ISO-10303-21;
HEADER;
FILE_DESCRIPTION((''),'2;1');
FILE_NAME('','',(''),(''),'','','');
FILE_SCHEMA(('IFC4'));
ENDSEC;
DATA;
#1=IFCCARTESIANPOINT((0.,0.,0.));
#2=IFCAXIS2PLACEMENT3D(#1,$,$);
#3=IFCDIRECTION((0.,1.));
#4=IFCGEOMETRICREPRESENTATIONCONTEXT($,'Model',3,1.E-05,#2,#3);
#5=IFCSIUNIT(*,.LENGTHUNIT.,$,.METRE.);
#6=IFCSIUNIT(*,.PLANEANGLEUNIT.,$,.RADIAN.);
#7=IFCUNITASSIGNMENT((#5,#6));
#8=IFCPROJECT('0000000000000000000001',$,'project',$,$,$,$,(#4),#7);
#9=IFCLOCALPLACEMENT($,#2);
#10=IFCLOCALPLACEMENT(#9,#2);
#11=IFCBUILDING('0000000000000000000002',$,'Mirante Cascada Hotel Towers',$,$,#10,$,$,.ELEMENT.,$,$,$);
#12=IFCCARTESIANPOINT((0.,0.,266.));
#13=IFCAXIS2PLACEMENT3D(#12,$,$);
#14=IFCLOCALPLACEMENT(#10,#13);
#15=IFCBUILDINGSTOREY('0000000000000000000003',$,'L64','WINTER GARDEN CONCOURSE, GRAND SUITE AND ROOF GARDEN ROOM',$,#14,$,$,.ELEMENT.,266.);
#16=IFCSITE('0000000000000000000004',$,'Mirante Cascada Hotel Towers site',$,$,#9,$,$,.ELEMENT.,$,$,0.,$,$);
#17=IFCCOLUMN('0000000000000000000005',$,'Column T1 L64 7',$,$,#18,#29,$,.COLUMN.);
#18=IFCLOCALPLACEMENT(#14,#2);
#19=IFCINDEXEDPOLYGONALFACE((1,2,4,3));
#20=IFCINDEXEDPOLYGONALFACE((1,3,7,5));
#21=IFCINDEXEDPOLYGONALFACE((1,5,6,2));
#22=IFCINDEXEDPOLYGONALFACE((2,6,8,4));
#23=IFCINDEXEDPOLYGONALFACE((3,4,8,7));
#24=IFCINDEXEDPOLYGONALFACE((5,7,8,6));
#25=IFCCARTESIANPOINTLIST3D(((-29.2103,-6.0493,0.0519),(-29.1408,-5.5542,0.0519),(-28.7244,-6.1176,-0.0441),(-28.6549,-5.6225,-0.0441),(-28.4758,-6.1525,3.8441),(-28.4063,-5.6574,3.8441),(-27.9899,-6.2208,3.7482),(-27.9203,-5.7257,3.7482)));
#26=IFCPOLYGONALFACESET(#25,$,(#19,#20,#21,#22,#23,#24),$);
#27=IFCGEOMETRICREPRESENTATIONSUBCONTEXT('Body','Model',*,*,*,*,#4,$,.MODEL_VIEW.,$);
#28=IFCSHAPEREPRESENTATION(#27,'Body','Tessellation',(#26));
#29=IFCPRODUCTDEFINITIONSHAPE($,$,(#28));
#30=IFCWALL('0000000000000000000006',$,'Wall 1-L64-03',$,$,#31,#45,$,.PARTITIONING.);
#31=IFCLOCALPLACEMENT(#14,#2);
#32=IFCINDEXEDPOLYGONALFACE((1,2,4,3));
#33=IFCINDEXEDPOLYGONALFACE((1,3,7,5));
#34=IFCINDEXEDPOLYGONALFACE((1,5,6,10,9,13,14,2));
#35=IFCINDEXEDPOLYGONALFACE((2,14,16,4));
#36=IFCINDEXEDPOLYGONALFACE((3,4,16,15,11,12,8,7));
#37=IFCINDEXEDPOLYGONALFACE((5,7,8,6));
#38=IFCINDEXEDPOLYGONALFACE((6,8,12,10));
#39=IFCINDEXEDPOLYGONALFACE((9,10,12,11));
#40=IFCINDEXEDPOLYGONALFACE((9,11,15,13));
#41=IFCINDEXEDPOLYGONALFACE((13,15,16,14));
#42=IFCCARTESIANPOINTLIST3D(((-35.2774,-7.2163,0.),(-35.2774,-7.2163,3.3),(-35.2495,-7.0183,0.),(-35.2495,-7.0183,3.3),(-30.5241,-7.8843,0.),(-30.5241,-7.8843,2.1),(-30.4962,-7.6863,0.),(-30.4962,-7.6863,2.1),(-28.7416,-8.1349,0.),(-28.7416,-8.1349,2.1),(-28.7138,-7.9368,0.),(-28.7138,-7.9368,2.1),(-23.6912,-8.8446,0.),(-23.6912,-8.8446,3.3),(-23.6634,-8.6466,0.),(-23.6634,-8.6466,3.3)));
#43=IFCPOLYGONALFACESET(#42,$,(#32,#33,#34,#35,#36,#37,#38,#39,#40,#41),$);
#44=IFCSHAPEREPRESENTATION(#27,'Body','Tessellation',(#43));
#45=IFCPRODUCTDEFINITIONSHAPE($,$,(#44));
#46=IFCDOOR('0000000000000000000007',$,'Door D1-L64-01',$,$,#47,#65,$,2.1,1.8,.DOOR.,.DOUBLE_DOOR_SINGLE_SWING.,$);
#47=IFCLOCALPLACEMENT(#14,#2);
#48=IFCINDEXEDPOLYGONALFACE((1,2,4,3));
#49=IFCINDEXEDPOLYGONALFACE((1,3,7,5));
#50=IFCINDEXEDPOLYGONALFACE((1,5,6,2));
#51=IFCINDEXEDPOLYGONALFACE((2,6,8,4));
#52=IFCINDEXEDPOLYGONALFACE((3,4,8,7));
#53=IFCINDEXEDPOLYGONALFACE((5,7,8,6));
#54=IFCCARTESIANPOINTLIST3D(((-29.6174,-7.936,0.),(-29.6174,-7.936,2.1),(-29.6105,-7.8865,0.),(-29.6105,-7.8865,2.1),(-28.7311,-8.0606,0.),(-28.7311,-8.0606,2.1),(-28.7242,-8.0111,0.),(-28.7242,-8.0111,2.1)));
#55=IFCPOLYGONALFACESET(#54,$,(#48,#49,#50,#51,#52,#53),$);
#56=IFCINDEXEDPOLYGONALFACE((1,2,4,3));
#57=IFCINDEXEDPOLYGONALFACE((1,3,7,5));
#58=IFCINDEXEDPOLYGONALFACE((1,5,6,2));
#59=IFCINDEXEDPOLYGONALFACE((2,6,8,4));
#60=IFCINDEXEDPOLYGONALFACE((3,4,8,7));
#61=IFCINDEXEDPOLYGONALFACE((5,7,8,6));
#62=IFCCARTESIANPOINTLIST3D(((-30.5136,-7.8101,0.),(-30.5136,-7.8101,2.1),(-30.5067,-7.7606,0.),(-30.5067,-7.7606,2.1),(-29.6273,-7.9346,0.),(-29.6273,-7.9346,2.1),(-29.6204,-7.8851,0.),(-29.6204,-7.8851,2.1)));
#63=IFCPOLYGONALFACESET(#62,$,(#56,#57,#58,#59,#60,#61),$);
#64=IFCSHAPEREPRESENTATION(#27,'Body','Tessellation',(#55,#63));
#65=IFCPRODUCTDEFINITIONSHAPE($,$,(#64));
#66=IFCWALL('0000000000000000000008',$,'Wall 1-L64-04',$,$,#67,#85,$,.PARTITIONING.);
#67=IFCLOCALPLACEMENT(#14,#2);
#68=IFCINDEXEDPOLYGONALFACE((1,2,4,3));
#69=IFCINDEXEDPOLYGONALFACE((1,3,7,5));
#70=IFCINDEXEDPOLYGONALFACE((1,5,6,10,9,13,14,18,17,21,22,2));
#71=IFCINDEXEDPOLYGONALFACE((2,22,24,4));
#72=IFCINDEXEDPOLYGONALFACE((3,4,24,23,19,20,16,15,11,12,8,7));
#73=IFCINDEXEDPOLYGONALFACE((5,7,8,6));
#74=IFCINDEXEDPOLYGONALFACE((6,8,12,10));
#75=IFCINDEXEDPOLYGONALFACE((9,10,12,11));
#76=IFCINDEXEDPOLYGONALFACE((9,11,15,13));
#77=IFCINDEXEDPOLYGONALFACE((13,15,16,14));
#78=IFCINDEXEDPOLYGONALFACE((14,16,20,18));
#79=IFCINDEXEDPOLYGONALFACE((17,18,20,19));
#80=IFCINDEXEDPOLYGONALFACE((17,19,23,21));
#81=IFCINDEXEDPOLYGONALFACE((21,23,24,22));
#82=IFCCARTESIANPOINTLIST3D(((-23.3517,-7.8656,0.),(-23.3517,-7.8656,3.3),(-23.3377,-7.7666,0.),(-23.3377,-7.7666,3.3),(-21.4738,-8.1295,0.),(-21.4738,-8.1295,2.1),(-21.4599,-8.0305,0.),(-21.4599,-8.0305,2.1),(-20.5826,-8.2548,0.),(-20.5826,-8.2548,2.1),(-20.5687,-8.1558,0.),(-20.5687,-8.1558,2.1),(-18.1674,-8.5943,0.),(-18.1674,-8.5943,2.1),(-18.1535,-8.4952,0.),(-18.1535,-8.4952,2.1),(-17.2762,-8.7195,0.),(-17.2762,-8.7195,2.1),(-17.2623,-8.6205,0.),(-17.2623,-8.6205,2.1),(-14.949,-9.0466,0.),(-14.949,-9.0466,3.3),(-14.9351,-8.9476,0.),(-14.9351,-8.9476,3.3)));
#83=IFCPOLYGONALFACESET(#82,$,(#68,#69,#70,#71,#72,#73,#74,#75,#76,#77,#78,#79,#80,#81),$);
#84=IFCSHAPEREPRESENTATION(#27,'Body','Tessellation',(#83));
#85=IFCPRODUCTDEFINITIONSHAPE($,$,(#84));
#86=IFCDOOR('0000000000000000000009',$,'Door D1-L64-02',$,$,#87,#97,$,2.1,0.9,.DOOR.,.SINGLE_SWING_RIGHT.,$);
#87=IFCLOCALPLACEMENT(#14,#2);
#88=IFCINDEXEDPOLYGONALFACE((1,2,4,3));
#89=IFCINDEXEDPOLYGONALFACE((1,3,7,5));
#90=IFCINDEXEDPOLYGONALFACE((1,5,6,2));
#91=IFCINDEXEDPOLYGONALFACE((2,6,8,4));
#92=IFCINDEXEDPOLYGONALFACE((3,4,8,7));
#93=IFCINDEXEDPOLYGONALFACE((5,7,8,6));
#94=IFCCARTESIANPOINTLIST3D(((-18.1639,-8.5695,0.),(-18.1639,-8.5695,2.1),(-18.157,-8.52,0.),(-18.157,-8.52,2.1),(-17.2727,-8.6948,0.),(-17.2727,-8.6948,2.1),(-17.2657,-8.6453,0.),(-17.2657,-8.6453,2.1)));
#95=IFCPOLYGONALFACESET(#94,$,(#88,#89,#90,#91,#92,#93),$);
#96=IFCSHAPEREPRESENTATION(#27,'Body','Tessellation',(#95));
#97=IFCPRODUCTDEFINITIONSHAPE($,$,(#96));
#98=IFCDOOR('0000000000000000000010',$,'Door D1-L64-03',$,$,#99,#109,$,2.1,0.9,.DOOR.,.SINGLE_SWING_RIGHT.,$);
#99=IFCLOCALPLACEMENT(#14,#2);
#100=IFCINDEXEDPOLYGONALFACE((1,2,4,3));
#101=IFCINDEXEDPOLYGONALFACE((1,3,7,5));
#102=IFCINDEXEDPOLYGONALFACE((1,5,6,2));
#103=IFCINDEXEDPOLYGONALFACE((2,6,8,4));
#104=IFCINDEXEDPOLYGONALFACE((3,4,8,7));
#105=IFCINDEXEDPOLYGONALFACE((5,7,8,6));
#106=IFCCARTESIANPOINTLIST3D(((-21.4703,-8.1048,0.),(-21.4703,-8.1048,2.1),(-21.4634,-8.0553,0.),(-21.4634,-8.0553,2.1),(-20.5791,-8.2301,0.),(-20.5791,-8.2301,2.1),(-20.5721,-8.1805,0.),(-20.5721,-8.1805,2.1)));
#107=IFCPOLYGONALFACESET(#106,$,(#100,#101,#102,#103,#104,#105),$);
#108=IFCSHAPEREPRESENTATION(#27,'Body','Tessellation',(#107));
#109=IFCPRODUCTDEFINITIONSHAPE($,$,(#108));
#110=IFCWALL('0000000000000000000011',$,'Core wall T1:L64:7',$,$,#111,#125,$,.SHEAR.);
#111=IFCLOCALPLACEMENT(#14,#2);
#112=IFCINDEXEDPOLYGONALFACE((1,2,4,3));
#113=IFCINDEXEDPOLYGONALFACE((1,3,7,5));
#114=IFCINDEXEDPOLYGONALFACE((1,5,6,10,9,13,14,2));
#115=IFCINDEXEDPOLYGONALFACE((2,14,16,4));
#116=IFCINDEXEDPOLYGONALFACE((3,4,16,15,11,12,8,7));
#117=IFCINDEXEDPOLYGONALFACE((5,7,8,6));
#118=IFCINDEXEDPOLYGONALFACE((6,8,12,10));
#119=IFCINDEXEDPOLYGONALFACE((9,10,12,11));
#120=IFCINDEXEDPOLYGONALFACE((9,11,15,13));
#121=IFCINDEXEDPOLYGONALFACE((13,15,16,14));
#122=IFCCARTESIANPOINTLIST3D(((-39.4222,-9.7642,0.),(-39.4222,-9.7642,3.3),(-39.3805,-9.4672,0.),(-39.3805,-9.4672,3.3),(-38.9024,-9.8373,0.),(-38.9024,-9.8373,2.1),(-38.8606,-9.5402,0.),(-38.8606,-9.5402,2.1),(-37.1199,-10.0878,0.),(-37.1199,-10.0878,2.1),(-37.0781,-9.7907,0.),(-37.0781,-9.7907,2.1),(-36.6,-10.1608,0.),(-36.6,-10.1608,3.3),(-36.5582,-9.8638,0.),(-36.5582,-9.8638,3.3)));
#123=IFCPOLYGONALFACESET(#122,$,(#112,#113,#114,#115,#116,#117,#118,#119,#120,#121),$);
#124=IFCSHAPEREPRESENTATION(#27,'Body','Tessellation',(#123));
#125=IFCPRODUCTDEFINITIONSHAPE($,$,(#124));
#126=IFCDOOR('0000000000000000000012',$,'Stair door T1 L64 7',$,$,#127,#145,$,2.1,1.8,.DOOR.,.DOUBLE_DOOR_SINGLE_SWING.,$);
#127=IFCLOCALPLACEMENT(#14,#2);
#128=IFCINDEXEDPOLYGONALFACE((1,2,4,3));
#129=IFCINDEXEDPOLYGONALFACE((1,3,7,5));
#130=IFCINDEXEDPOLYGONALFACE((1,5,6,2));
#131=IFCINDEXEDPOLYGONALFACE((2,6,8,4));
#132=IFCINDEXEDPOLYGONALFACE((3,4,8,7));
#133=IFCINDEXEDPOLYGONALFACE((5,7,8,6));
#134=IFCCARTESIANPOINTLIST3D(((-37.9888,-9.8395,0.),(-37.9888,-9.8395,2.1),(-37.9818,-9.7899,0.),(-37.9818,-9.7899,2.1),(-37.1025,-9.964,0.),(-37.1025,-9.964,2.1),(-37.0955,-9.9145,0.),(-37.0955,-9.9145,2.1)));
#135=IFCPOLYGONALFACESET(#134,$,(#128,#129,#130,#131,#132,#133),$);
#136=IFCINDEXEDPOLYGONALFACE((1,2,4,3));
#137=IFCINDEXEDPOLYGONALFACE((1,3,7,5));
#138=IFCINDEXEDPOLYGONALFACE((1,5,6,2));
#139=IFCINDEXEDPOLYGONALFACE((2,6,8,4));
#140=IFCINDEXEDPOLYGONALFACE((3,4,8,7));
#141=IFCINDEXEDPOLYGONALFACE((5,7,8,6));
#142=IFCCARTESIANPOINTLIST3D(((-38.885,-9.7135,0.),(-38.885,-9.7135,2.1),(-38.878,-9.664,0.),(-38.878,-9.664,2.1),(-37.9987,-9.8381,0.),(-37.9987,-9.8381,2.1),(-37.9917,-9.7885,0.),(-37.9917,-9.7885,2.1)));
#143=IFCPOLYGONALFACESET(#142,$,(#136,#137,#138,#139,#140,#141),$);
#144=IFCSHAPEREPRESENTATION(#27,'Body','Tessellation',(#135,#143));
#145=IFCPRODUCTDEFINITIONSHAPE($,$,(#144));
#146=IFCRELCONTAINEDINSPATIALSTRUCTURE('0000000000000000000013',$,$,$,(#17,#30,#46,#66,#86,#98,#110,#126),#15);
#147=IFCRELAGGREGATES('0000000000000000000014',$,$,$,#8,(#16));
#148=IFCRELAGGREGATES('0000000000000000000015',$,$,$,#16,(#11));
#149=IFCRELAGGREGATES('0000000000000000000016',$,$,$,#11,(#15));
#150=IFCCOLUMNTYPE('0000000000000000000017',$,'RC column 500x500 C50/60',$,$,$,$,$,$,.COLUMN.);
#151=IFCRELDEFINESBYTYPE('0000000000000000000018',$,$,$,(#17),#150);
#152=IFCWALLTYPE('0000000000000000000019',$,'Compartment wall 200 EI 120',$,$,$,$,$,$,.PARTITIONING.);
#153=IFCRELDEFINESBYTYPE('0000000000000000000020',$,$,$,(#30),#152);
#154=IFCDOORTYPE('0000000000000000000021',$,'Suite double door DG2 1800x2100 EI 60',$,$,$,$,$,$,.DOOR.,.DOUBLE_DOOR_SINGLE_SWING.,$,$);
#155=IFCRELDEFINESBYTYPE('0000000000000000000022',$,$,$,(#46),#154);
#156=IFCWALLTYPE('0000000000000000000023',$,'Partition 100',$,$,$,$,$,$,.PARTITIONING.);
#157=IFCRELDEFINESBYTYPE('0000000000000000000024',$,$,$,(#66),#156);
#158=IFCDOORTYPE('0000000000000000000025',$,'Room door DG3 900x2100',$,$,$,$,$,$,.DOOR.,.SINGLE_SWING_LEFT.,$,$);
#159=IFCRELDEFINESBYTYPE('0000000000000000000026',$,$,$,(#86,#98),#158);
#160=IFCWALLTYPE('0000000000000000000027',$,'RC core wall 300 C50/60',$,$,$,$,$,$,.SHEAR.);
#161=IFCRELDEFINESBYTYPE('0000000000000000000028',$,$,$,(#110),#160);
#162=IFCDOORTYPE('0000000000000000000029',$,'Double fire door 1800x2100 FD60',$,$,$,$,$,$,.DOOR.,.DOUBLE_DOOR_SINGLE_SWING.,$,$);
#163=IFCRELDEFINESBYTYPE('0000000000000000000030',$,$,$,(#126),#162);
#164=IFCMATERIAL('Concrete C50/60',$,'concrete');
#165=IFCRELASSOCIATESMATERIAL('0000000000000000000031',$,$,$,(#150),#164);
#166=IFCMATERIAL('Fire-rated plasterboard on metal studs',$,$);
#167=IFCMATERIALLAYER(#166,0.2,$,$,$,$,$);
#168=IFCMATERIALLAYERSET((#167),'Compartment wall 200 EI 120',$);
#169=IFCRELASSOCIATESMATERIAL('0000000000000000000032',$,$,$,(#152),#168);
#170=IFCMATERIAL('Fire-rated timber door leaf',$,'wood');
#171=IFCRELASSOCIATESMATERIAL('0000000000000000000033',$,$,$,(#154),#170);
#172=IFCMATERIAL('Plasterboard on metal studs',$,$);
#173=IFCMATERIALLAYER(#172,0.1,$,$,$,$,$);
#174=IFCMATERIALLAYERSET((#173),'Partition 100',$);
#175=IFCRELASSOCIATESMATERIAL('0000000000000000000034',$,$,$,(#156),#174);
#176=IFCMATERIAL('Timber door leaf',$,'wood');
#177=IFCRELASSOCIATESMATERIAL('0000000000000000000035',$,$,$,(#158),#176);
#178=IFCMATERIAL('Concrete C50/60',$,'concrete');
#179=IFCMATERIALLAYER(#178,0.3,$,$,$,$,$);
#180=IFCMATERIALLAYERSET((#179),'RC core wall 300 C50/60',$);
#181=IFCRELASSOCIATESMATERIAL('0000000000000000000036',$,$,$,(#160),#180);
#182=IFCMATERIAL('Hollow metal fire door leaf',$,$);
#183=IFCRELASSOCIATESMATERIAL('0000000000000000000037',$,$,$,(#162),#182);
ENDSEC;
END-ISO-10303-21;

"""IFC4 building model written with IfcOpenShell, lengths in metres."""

from ifc_helpers import new_model, si_unit, direction, frame, frame_2d, origin, origin_2d, place, context, subcontext, project, spatial, rectangle, extrude, material, layer, layer_set, material_profile, profile_set, type_object, element, fill, save


model = new_model("IFC4")

# Units and contexts
model_context = context("Model", 3, precision=1e-05, world=origin(), true_north=direction((0.0, 1.0)))
body_context = subcontext(model_context, "Body", "Model", "MODEL_VIEW")
ifc_project = project(units=[si_unit("LENGTHUNIT", "METRE"), si_unit("PLANEANGLEUNIT", "RADIAN")], contexts=[model_context])

# Site, building, storey
site_placement = place(None, origin())
site = spatial("IfcSite", under=ifc_project, at=site_placement, Name="Mirante Cascada Hotel Towers site", CompositionType="ELEMENT", RefElevation=0.0)
building_placement = place(site_placement, origin())
building = spatial("IfcBuilding", under=site, at=building_placement, Name="Mirante Cascada Hotel Towers", CompositionType="ELEMENT")
storey_placement = place(building_placement, frame((0.0, 0.0, 266.0)))
storey = spatial("IfcBuildingStorey", under=building, at=storey_placement, Name="L64", Description="WINTER GARDEN CONCOURSE, GRAND SUITE AND ROOF GARDEN ROOM", CompositionType="ELEMENT", Elevation=266.0)

# Column
ifc_material_1 = material(Name="Concrete C50/60", Category="concrete")
ifc_material_profile = material_profile(ifc_material_1, rectangle(XDim=0.5, YDim=0.5, at=origin_2d()), Name="RC column 500x500 C50/60")
ifc_profile_set = profile_set([ifc_material_profile], Name="Concrete C50/60")
column_type = type_object("IfcColumnType", Name="RC column 500x500 C50/60", PredefinedType="COLUMN", material=ifc_profile_set)
column_placement = place(storey_placement, frame((-28.9326, -5.8359, 0.0039), z_axis=(0.190085, -0.026708, 0.981404), x_axis=(0.139137, 0.990273, 0.0)))
element("IfcColumn", 1, at=column_placement, inside=storey, type_object=column_type, Name="Column T1 L64 7", PredefinedType="COLUMN", context=body_context, shape_type="SweptSolid", body=[
    extrude(rectangle(XDim=0.5, YDim=0.5, at=origin_2d()), origin(), (0.0, 0.0, 1.0), 3.8641),
])

# Wall, opening, door
ifc_material_2 = material(Name="Fire-rated plasterboard on metal studs")
ifc_layer_1 = layer(ifc_material_2, 0.2)
ifc_layer_set_1 = layer_set([ifc_layer_1], Name="Compartment wall 200 EI 120")
wall_type_1 = type_object("IfcWallType", Name="Compartment wall 200 EI 120", PredefinedType="PARTITIONING", material=ifc_layer_set_1)
wall_1_placement = place(storey_placement, frame((-23.6773, -8.7456, 0.0), z_axis=(0.0, 0.0, 1.0), x_axis=(-0.990268, 0.139171, 0.0)))
wall_1 = element("IfcWall", 2, at=wall_1_placement, inside=storey, type_object=wall_type_1, Name="Wall 1-L64-03", PredefinedType="PARTITIONING", context=body_context, shape_type="SweptSolid", body=[
    extrude(rectangle(XDim=11.7, YDim=0.2, at=frame_2d((5.85, 0.0))), origin(), (0.0, 0.0, 1.0), 3.3),
])
opening_1_placement = place(wall_1_placement, frame((5.1, 0.0, 0.0)))
opening_1 = element("IfcOpeningElement", 3, at=opening_1_placement, cuts=wall_1, PredefinedType="OPENING", context=body_context, shape_type="SweptSolid", body=[
    extrude(rectangle(XDim=1.8, YDim=2.1, at=frame_2d((0.9, 1.05))), frame((0.0, 0.1, 0.0), z_axis=(0.0, -1.0, 0.0), x_axis=(1.0, 0.0, 0.0)), (0.0, 0.0, 1.0), 0.2),
])
ifc_material_3 = material(Name="Fire-rated timber door leaf", Category="wood")
door_type_1 = type_object("IfcDoorType", Name="Suite double door DG2 1800x2100 EI 60", OperationType="DOUBLE_DOOR_SINGLE_SWING", PredefinedType="DOOR", material=ifc_material_3)
door_1_placement = place(opening_1_placement, origin())
door_1 = element("IfcDoor", 4, at=door_1_placement, inside=storey, type_object=door_type_1, Name="Door D1-L64-01", OperationType="DOUBLE_DOOR_SINGLE_SWING", OverallHeight=2.1, OverallWidth=1.8, PredefinedType="DOOR", context=body_context, shape_type="SweptSolid", body=[
    extrude(rectangle(XDim=0.895, YDim=2.1, at=frame_2d((0.4475, 1.05))), frame((0.0, 0.025, 0.0), z_axis=(0.0, -1.0, 0.0), x_axis=(1.0, 0.0, 0.0)), (0.0, 0.0, 1.0), 0.05),
    extrude(rectangle(XDim=0.895, YDim=2.1, at=frame_2d((1.3525, 1.05))), frame((0.0, 0.025, 0.0), z_axis=(0.0, -1.0, 0.0), x_axis=(1.0, 0.0, 0.0)), (0.0, 0.0, 1.0), 0.05),
])
fill(opening_1, door_1)

# Wall, openings, doors
ifc_material_4 = material(Name="Plasterboard on metal studs")
ifc_layer_2 = layer(ifc_material_4, 0.1)
ifc_layer_set_2 = layer_set([ifc_layer_2], Name="Partition 100")
wall_type_2 = type_object("IfcWallType", Name="Partition 100", PredefinedType="PARTITIONING", material=ifc_layer_set_2)
wall_2_placement = place(storey_placement, frame((-23.3447, -7.8161, 0.0), z_axis=(0.0, 0.0, 1.0), x_axis=(0.990267, -0.139184, 0.0)))
wall_2 = element("IfcWall", 5, at=wall_2_placement, inside=storey, type_object=wall_type_2, Name="Wall 1-L64-04", PredefinedType="PARTITIONING", context=body_context, shape_type="SweptSolid", body=[
    extrude(rectangle(XDim=8.4852, YDim=0.1, at=frame_2d((4.2426, 0.0))), origin(), (0.0, 0.0, 1.0), 3.3),
])
opening_2_placement = place(wall_2_placement, frame((5.2352, 0.0, 0.0)))
opening_2 = element("IfcOpeningElement", 6, at=opening_2_placement, cuts=wall_2, PredefinedType="OPENING", context=body_context, shape_type="SweptSolid", body=[
    extrude(rectangle(XDim=0.9, YDim=2.1, at=frame_2d((0.45, 1.05))), frame((0.0, 0.05, 0.0), z_axis=(0.0, -1.0, 0.0), x_axis=(1.0, 0.0, 0.0)), (0.0, 0.0, 1.0), 0.1),
])
opening_3_placement = place(wall_2_placement, frame((1.8963, 0.0, 0.0)))
opening_3 = element("IfcOpeningElement", 7, at=opening_3_placement, cuts=wall_2, PredefinedType="OPENING", context=body_context, shape_type="SweptSolid", body=[
    extrude(rectangle(XDim=0.9, YDim=2.1, at=frame_2d((0.45, 1.05))), frame((0.0, 0.05, 0.0), z_axis=(0.0, -1.0, 0.0), x_axis=(1.0, 0.0, 0.0)), (0.0, 0.0, 1.0), 0.1),
])
ifc_material_5 = material(Name="Timber door leaf", Category="wood")
door_type_2 = type_object("IfcDoorType", Name="Room door DG3 900x2100", OperationType="SINGLE_SWING_LEFT", PredefinedType="DOOR", material=ifc_material_5)
door_2_placement = place(opening_2_placement, frame((0.9, 0.0, 0.0), z_axis=(0.0, 0.0, 1.0), x_axis=(-1.0, 0.0, 0.0)))
door_2 = element("IfcDoor", 8, at=door_2_placement, inside=storey, type_object=door_type_2, Name="Door D1-L64-02", OperationType="SINGLE_SWING_RIGHT", OverallHeight=2.1, OverallWidth=0.9, PredefinedType="DOOR", context=body_context, shape_type="SweptSolid", body=[
    extrude(rectangle(XDim=0.9, YDim=2.1, at=frame_2d((0.45, 1.05))), frame((0.0, 0.025, 0.0), z_axis=(0.0, -1.0, 0.0), x_axis=(1.0, 0.0, 0.0)), (0.0, 0.0, 1.0), 0.05),
])
fill(opening_2, door_2)
door_3_placement = place(opening_3_placement, frame((0.9, 0.0, 0.0), z_axis=(0.0, 0.0, 1.0), x_axis=(-1.0, 0.0, 0.0)))
door_3 = element("IfcDoor", 9, at=door_3_placement, inside=storey, type_object=door_type_2, Name="Door D1-L64-03", OperationType="SINGLE_SWING_RIGHT", OverallHeight=2.1, OverallWidth=0.9, PredefinedType="DOOR", context=body_context, shape_type="SweptSolid", body=[
    extrude(rectangle(XDim=0.9, YDim=2.1, at=frame_2d((0.45, 1.05))), frame((0.0, 0.025, 0.0), z_axis=(0.0, -1.0, 0.0), x_axis=(1.0, 0.0, 0.0)), (0.0, 0.0, 1.0), 0.05),
])
fill(opening_3, door_3)

# Wall, opening, door
ifc_material_6 = material(Name="Concrete C50/60", Category="concrete")
ifc_layer_3 = layer(ifc_material_6, 0.3)
ifc_layer_set_3 = layer_set([ifc_layer_3], Name="RC core wall 300 C50/60")
wall_type_3 = type_object("IfcWallType", Name="RC core wall 300 C50/60", PredefinedType="SHEAR", material=ifc_layer_set_3)
wall_3_placement = place(storey_placement, frame((-36.5791, -10.0123, 0.0), z_axis=(0.0, 0.0, 1.0), x_axis=(-0.99027, 0.139156, 0.0)))
wall_3 = element("IfcWall", 10, at=wall_3_placement, inside=storey, type_object=wall_type_3, Name="Core wall T1:L64:7", PredefinedType="SHEAR", context=body_context, shape_type="SweptSolid", body=[
    extrude(rectangle(XDim=2.85, YDim=0.3, at=frame_2d((1.425, 0.0))), origin(), (0.0, 0.0, 1.0), 3.3),
])
opening_4_placement = place(wall_3_placement, frame((0.525, 0.0, 0.0)))
opening_4 = element("IfcOpeningElement", 11, at=opening_4_placement, cuts=wall_3, PredefinedType="OPENING", context=body_context, shape_type="SweptSolid", body=[
    extrude(rectangle(XDim=1.8, YDim=2.1, at=frame_2d((0.9, 1.05))), frame((0.0, 0.15, 0.0), z_axis=(0.0, -1.0, 0.0), x_axis=(1.0, 0.0, 0.0)), (0.0, 0.0, 1.0), 0.3),
])
ifc_material_7 = material(Name="Hollow metal fire door leaf")
door_type_3 = type_object("IfcDoorType", Name="Double fire door 1800x2100 FD60", OperationType="DOUBLE_DOOR_SINGLE_SWING", PredefinedType="DOOR", material=ifc_material_7)
door_4_placement = place(opening_4_placement, origin())
door_4 = element("IfcDoor", 12, at=door_4_placement, inside=storey, type_object=door_type_3, Name="Stair door T1 L64 7", OperationType="DOUBLE_DOOR_SINGLE_SWING", OverallHeight=2.1, OverallWidth=1.8, PredefinedType="DOOR", context=body_context, shape_type="SweptSolid", body=[
    extrude(rectangle(XDim=0.895, YDim=2.1, at=frame_2d((0.4475, 1.05))), frame((0.0, 0.025, 0.0), z_axis=(0.0, -1.0, 0.0), x_axis=(1.0, 0.0, 0.0)), (0.0, 0.0, 1.0), 0.05),
    extrude(rectangle(XDim=0.895, YDim=2.1, at=frame_2d((1.3525, 1.05))), frame((0.0, 0.025, 0.0), z_axis=(0.0, -1.0, 0.0), x_axis=(1.0, 0.0, 0.0)), (0.0, 0.0, 1.0), 0.05),
])
fill(opening_4, door_4)

save(model, "model.ifc")
